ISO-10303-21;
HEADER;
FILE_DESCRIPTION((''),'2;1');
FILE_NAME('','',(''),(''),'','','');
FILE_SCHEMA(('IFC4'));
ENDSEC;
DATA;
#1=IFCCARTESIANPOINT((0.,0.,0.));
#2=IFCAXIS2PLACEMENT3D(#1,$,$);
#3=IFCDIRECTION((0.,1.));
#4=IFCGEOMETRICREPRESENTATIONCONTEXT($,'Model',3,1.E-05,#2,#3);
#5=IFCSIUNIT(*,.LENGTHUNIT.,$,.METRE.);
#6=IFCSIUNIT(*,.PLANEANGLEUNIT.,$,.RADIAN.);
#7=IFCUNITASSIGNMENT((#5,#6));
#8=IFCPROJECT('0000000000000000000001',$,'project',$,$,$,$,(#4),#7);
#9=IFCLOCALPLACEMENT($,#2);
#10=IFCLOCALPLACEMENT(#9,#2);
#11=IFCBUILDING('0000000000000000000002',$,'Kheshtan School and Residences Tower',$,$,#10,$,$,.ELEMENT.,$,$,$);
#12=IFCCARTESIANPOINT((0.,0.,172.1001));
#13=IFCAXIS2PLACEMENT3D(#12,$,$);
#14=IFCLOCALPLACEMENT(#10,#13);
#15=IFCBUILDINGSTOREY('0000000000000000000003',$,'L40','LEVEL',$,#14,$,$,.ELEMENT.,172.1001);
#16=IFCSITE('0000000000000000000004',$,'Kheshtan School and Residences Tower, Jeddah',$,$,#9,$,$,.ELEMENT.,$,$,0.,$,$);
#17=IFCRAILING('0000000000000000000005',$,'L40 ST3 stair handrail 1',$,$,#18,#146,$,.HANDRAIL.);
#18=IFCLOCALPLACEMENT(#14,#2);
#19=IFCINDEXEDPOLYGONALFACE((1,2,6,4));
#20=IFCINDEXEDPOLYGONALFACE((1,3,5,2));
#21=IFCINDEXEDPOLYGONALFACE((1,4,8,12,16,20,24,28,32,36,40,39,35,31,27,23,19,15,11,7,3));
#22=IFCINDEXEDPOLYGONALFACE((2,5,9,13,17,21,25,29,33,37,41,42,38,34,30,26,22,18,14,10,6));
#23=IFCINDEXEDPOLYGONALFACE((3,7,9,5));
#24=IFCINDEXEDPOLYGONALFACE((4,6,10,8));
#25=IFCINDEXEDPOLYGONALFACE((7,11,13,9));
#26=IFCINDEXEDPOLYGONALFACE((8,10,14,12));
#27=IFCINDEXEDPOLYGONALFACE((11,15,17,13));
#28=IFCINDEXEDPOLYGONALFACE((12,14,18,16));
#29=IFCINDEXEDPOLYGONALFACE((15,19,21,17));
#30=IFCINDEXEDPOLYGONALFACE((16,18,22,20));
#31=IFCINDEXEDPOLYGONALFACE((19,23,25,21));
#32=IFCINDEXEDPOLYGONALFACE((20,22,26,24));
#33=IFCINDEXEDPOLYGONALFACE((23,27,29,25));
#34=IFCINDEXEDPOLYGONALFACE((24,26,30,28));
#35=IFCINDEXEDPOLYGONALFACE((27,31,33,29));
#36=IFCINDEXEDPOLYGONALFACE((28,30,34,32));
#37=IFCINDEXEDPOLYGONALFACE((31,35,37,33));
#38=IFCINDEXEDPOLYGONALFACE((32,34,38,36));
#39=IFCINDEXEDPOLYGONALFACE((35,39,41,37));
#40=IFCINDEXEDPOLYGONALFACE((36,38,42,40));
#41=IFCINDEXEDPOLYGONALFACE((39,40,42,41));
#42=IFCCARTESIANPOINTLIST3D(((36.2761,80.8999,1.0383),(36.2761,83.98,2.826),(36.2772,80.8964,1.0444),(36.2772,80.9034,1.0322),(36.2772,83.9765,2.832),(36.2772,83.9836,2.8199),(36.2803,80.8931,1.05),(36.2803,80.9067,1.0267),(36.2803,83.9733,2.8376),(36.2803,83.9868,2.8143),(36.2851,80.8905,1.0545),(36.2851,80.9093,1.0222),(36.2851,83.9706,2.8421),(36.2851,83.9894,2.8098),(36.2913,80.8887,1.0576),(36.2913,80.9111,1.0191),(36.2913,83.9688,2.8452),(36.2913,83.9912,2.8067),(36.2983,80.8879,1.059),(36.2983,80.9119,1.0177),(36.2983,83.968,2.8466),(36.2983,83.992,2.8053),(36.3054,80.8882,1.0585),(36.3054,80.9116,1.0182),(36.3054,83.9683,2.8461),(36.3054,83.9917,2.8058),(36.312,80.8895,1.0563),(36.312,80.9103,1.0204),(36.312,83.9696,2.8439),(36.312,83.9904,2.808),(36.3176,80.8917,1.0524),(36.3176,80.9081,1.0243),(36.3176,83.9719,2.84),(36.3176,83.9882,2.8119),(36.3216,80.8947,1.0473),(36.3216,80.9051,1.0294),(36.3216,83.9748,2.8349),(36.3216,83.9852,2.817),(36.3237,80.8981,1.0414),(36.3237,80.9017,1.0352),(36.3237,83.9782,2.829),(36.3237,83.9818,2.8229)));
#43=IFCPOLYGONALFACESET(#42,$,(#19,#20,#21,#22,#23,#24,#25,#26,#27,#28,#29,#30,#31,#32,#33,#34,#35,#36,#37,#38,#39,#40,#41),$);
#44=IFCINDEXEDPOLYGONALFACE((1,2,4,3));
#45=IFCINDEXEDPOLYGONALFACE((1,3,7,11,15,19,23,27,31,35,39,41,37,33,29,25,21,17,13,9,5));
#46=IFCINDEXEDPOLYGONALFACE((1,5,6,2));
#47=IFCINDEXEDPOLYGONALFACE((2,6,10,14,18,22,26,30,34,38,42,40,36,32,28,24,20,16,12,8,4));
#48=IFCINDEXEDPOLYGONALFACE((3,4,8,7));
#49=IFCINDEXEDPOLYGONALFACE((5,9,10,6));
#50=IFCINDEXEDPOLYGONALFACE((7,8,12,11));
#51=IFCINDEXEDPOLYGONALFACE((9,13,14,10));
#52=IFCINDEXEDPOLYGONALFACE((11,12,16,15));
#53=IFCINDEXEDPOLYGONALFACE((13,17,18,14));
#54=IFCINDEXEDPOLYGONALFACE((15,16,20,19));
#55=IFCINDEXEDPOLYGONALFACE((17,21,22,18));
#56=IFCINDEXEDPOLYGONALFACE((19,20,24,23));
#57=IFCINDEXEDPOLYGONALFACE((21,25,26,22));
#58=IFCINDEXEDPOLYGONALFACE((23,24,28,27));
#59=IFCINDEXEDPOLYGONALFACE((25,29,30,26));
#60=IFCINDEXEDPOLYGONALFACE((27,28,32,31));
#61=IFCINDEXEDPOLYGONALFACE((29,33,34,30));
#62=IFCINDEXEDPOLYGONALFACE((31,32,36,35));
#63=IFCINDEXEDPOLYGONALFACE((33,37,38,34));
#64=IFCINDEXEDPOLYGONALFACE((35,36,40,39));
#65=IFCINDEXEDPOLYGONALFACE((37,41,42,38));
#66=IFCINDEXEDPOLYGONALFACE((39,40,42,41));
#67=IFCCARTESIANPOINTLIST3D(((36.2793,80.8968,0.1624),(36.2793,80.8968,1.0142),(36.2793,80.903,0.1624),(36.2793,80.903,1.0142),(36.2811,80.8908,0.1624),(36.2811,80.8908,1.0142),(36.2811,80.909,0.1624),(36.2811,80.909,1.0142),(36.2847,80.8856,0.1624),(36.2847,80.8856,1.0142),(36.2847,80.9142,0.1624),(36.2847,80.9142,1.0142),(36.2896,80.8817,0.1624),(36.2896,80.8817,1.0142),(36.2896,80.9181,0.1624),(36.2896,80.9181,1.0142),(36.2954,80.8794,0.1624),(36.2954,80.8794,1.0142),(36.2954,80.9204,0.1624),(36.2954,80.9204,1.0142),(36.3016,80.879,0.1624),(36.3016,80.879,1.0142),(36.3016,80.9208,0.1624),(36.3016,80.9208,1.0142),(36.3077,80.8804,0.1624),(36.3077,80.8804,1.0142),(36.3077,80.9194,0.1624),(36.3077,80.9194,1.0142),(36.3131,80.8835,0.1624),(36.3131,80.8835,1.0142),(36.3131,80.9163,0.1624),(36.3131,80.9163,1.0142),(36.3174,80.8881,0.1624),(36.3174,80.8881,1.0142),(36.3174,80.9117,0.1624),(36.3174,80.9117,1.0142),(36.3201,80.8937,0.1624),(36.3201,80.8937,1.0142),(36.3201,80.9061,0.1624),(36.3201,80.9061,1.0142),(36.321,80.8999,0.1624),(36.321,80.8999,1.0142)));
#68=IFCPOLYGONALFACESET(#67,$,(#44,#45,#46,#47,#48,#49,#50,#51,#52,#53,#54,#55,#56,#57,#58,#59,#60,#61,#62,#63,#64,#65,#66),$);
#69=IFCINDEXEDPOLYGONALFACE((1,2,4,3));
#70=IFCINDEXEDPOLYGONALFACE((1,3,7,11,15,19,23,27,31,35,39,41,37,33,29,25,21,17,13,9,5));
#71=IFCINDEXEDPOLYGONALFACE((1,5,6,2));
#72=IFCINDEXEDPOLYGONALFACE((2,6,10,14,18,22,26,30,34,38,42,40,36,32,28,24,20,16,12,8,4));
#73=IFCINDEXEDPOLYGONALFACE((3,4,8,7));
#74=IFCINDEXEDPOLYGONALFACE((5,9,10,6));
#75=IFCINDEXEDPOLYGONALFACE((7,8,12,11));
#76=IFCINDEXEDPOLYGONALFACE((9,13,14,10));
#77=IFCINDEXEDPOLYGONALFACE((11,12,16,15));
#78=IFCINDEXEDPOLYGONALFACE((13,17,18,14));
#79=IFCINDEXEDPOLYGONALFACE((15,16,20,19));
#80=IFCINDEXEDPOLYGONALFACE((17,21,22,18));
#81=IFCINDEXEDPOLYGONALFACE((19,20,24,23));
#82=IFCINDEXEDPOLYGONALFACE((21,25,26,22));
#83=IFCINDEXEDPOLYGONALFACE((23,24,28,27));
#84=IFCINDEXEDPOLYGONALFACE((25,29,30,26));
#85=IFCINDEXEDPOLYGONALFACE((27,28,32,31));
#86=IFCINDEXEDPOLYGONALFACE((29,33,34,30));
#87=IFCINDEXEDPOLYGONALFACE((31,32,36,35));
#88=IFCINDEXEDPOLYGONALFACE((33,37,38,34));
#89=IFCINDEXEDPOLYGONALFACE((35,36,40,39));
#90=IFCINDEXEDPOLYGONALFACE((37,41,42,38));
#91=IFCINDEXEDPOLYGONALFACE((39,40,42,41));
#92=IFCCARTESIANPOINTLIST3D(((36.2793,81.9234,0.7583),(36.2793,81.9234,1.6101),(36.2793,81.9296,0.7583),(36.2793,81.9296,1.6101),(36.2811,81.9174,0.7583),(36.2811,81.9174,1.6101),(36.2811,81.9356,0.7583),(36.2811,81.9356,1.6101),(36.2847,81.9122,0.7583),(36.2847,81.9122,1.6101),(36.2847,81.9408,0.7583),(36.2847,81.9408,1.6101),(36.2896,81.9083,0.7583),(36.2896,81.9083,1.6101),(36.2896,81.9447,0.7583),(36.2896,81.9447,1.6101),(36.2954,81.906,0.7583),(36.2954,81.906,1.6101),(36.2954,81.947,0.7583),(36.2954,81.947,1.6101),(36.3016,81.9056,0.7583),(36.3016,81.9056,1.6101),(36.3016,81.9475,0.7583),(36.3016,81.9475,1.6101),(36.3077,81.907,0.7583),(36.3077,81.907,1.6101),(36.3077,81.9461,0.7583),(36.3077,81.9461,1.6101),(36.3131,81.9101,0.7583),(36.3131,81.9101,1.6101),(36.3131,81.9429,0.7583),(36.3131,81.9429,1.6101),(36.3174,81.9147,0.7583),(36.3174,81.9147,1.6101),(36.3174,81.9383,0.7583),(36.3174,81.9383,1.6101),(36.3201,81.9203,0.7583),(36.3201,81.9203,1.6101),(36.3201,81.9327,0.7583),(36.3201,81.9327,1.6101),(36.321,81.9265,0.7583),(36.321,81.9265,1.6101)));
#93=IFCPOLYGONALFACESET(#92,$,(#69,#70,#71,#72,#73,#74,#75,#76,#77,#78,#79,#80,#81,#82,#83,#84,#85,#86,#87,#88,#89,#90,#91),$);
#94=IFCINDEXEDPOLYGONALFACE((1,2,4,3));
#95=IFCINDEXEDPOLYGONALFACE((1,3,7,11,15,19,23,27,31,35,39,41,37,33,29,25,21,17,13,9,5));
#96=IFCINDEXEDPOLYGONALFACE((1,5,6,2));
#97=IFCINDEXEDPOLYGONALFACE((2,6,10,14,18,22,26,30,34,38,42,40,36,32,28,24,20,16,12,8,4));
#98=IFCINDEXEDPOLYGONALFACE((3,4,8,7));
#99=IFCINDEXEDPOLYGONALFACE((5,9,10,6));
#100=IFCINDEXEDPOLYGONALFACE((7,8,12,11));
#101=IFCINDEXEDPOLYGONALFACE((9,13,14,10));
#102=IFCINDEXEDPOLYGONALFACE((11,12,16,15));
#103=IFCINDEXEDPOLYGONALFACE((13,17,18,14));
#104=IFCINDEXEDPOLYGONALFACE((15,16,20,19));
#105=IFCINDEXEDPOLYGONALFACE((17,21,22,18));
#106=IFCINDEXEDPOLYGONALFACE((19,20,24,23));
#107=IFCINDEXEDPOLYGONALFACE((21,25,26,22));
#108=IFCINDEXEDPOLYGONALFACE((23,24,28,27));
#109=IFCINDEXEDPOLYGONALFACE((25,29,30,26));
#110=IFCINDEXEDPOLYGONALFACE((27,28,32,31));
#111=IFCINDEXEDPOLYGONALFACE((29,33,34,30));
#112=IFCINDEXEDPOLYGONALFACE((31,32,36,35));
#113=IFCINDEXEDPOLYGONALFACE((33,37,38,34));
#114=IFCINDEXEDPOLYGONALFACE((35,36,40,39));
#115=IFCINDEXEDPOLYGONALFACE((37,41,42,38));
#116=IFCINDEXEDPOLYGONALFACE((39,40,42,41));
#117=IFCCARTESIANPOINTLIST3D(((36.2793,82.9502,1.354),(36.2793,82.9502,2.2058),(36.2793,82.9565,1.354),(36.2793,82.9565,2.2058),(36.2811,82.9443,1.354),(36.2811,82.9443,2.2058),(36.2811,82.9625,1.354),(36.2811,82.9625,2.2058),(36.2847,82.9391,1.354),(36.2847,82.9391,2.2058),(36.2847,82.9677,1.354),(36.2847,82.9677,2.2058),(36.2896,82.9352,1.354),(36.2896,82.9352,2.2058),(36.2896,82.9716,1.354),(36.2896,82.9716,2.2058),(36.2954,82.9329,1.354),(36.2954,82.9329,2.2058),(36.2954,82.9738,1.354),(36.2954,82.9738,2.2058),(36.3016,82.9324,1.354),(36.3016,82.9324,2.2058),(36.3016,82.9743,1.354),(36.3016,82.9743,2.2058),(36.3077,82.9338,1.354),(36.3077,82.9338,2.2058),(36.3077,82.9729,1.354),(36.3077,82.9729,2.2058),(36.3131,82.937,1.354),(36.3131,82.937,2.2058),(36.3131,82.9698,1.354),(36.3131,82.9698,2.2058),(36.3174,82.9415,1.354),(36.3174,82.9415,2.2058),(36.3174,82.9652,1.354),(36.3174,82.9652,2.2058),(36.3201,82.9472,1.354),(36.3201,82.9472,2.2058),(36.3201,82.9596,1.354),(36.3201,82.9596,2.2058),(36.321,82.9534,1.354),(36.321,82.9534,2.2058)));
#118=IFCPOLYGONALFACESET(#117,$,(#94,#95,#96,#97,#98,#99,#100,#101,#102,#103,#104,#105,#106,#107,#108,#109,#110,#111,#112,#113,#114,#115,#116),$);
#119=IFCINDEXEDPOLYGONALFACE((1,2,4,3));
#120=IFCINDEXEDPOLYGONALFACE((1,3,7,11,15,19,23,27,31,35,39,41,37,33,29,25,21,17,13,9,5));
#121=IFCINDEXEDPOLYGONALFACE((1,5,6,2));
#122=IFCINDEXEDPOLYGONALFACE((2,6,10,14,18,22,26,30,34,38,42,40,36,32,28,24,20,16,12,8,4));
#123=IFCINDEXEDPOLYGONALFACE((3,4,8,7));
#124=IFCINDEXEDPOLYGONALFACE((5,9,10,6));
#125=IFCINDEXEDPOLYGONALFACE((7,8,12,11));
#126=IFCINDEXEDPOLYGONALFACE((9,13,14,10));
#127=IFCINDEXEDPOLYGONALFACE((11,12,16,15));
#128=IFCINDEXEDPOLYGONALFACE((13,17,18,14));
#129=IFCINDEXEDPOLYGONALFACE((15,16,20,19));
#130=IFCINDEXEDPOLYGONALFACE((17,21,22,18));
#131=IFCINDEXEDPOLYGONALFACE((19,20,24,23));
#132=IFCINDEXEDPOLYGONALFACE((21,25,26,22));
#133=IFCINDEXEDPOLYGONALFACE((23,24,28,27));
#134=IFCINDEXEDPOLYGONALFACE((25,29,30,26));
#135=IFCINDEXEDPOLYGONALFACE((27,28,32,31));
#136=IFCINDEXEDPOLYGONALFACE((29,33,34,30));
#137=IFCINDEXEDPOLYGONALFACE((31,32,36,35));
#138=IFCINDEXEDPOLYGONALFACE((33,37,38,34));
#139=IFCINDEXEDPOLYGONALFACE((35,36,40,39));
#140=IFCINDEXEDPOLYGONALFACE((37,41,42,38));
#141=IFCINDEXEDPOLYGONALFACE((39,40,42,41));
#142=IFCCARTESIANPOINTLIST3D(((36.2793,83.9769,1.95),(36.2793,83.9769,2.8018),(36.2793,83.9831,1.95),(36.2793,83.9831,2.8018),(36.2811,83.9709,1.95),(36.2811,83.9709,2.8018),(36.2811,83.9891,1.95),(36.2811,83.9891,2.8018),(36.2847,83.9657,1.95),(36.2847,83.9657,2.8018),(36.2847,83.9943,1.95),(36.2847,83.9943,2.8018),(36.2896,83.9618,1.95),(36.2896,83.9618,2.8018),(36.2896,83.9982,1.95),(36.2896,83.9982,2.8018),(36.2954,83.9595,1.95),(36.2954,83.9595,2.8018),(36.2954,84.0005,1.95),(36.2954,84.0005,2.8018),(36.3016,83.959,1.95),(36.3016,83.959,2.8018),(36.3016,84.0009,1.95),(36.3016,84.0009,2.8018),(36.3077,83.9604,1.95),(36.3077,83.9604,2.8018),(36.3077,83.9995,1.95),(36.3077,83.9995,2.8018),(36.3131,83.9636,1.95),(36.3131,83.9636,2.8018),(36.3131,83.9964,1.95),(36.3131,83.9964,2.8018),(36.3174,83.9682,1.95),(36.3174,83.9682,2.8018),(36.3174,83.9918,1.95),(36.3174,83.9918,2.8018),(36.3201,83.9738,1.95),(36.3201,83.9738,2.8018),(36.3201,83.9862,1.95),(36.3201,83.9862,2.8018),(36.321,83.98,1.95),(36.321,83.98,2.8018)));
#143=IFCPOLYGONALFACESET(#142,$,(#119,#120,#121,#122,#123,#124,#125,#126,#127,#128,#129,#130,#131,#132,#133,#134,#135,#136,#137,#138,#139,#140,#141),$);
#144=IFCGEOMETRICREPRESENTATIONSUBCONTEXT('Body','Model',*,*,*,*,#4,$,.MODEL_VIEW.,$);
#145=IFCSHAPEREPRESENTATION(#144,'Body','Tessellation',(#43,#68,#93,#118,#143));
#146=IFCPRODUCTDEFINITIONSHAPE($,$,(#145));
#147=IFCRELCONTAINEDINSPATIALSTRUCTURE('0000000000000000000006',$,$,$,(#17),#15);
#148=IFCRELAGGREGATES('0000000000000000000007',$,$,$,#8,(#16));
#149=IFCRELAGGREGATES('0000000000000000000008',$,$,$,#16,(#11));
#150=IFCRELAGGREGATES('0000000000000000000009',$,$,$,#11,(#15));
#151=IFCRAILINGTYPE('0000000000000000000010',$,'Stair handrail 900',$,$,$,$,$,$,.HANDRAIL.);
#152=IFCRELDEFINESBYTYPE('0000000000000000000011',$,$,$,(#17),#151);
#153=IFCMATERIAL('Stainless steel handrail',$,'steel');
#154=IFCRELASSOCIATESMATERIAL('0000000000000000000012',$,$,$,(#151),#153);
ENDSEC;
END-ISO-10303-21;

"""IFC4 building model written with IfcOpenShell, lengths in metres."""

from ifc_helpers import new_model, si_unit, direction, frame, origin, origin_2d, place, context, subcontext, project, spatial, circle, extrude, material, type_object, element, save


model = new_model("IFC4")

# Units and contexts
model_context = context("Model", 3, precision=1e-05, world=origin(), true_north=direction((0.0, 1.0)))
body_context = subcontext(model_context, "Body", "Model", "MODEL_VIEW")
ifc_project = project(units=[si_unit("LENGTHUNIT", "METRE"), si_unit("PLANEANGLEUNIT", "RADIAN")], contexts=[model_context])

# Site, building, storey
site_placement = place(None, origin())
site = spatial("IfcSite", under=ifc_project, at=site_placement, Name="Kheshtan School and Residences Tower, Jeddah", CompositionType="ELEMENT", RefElevation=0.0)
building_placement = place(site_placement, origin())
building = spatial("IfcBuilding", under=site, at=building_placement, Name="Kheshtan School and Residences Tower", CompositionType="ELEMENT")
storey_placement = place(building_placement, frame((0.0, 0.0, 172.1001)))
storey = spatial("IfcBuildingStorey", under=building, at=storey_placement, Name="L40", Description="LEVEL", CompositionType="ELEMENT", Elevation=172.1001)

# Railing
ifc_material_1 = material(Name="Stainless steel handrail", Category="steel")
railing_type_1 = type_object("IfcRailingType", Name="Stair handrail 900", PredefinedType="HANDRAIL", material=ifc_material_1)
railing_1_placement = place(storey_placement, frame((36.3, 80.8999, 0.1624)))
element("IfcRailing", 1, at=railing_1_placement, inside=storey, type_object=railing_type_1, Name="L40 ST3 stair handrail 1", PredefinedType="HANDRAIL", context=body_context, shape_type="SweptSolid", body=[
    extrude(circle(Radius=0.0239, at=origin_2d()), frame((0.0, 0.0, 0.876), z_axis=(0.0, 0.864891, 0.50196), x_axis=(-1.0, 0.0, 0.0)), (0.0, 0.0, 1.0), 3.5613),
    extrude(circle(Radius=0.021, at=origin_2d()), origin(), (0.0, 0.0, 1.0), 0.8518),
    extrude(circle(Radius=0.021, at=origin_2d()), frame((0.0, 1.0266, 0.5959)), (0.0, 0.0, 1.0), 0.8518),
    extrude(circle(Radius=0.021, at=origin_2d()), frame((0.0, 2.0535, 1.1917)), (0.0, 0.0, 1.0), 0.8518),
    extrude(circle(Radius=0.021, at=origin_2d()), frame((0.0, 3.0801, 1.7876)), (0.0, 0.0, 1.0), 0.8518),
])

save(model, "model.ifc")
